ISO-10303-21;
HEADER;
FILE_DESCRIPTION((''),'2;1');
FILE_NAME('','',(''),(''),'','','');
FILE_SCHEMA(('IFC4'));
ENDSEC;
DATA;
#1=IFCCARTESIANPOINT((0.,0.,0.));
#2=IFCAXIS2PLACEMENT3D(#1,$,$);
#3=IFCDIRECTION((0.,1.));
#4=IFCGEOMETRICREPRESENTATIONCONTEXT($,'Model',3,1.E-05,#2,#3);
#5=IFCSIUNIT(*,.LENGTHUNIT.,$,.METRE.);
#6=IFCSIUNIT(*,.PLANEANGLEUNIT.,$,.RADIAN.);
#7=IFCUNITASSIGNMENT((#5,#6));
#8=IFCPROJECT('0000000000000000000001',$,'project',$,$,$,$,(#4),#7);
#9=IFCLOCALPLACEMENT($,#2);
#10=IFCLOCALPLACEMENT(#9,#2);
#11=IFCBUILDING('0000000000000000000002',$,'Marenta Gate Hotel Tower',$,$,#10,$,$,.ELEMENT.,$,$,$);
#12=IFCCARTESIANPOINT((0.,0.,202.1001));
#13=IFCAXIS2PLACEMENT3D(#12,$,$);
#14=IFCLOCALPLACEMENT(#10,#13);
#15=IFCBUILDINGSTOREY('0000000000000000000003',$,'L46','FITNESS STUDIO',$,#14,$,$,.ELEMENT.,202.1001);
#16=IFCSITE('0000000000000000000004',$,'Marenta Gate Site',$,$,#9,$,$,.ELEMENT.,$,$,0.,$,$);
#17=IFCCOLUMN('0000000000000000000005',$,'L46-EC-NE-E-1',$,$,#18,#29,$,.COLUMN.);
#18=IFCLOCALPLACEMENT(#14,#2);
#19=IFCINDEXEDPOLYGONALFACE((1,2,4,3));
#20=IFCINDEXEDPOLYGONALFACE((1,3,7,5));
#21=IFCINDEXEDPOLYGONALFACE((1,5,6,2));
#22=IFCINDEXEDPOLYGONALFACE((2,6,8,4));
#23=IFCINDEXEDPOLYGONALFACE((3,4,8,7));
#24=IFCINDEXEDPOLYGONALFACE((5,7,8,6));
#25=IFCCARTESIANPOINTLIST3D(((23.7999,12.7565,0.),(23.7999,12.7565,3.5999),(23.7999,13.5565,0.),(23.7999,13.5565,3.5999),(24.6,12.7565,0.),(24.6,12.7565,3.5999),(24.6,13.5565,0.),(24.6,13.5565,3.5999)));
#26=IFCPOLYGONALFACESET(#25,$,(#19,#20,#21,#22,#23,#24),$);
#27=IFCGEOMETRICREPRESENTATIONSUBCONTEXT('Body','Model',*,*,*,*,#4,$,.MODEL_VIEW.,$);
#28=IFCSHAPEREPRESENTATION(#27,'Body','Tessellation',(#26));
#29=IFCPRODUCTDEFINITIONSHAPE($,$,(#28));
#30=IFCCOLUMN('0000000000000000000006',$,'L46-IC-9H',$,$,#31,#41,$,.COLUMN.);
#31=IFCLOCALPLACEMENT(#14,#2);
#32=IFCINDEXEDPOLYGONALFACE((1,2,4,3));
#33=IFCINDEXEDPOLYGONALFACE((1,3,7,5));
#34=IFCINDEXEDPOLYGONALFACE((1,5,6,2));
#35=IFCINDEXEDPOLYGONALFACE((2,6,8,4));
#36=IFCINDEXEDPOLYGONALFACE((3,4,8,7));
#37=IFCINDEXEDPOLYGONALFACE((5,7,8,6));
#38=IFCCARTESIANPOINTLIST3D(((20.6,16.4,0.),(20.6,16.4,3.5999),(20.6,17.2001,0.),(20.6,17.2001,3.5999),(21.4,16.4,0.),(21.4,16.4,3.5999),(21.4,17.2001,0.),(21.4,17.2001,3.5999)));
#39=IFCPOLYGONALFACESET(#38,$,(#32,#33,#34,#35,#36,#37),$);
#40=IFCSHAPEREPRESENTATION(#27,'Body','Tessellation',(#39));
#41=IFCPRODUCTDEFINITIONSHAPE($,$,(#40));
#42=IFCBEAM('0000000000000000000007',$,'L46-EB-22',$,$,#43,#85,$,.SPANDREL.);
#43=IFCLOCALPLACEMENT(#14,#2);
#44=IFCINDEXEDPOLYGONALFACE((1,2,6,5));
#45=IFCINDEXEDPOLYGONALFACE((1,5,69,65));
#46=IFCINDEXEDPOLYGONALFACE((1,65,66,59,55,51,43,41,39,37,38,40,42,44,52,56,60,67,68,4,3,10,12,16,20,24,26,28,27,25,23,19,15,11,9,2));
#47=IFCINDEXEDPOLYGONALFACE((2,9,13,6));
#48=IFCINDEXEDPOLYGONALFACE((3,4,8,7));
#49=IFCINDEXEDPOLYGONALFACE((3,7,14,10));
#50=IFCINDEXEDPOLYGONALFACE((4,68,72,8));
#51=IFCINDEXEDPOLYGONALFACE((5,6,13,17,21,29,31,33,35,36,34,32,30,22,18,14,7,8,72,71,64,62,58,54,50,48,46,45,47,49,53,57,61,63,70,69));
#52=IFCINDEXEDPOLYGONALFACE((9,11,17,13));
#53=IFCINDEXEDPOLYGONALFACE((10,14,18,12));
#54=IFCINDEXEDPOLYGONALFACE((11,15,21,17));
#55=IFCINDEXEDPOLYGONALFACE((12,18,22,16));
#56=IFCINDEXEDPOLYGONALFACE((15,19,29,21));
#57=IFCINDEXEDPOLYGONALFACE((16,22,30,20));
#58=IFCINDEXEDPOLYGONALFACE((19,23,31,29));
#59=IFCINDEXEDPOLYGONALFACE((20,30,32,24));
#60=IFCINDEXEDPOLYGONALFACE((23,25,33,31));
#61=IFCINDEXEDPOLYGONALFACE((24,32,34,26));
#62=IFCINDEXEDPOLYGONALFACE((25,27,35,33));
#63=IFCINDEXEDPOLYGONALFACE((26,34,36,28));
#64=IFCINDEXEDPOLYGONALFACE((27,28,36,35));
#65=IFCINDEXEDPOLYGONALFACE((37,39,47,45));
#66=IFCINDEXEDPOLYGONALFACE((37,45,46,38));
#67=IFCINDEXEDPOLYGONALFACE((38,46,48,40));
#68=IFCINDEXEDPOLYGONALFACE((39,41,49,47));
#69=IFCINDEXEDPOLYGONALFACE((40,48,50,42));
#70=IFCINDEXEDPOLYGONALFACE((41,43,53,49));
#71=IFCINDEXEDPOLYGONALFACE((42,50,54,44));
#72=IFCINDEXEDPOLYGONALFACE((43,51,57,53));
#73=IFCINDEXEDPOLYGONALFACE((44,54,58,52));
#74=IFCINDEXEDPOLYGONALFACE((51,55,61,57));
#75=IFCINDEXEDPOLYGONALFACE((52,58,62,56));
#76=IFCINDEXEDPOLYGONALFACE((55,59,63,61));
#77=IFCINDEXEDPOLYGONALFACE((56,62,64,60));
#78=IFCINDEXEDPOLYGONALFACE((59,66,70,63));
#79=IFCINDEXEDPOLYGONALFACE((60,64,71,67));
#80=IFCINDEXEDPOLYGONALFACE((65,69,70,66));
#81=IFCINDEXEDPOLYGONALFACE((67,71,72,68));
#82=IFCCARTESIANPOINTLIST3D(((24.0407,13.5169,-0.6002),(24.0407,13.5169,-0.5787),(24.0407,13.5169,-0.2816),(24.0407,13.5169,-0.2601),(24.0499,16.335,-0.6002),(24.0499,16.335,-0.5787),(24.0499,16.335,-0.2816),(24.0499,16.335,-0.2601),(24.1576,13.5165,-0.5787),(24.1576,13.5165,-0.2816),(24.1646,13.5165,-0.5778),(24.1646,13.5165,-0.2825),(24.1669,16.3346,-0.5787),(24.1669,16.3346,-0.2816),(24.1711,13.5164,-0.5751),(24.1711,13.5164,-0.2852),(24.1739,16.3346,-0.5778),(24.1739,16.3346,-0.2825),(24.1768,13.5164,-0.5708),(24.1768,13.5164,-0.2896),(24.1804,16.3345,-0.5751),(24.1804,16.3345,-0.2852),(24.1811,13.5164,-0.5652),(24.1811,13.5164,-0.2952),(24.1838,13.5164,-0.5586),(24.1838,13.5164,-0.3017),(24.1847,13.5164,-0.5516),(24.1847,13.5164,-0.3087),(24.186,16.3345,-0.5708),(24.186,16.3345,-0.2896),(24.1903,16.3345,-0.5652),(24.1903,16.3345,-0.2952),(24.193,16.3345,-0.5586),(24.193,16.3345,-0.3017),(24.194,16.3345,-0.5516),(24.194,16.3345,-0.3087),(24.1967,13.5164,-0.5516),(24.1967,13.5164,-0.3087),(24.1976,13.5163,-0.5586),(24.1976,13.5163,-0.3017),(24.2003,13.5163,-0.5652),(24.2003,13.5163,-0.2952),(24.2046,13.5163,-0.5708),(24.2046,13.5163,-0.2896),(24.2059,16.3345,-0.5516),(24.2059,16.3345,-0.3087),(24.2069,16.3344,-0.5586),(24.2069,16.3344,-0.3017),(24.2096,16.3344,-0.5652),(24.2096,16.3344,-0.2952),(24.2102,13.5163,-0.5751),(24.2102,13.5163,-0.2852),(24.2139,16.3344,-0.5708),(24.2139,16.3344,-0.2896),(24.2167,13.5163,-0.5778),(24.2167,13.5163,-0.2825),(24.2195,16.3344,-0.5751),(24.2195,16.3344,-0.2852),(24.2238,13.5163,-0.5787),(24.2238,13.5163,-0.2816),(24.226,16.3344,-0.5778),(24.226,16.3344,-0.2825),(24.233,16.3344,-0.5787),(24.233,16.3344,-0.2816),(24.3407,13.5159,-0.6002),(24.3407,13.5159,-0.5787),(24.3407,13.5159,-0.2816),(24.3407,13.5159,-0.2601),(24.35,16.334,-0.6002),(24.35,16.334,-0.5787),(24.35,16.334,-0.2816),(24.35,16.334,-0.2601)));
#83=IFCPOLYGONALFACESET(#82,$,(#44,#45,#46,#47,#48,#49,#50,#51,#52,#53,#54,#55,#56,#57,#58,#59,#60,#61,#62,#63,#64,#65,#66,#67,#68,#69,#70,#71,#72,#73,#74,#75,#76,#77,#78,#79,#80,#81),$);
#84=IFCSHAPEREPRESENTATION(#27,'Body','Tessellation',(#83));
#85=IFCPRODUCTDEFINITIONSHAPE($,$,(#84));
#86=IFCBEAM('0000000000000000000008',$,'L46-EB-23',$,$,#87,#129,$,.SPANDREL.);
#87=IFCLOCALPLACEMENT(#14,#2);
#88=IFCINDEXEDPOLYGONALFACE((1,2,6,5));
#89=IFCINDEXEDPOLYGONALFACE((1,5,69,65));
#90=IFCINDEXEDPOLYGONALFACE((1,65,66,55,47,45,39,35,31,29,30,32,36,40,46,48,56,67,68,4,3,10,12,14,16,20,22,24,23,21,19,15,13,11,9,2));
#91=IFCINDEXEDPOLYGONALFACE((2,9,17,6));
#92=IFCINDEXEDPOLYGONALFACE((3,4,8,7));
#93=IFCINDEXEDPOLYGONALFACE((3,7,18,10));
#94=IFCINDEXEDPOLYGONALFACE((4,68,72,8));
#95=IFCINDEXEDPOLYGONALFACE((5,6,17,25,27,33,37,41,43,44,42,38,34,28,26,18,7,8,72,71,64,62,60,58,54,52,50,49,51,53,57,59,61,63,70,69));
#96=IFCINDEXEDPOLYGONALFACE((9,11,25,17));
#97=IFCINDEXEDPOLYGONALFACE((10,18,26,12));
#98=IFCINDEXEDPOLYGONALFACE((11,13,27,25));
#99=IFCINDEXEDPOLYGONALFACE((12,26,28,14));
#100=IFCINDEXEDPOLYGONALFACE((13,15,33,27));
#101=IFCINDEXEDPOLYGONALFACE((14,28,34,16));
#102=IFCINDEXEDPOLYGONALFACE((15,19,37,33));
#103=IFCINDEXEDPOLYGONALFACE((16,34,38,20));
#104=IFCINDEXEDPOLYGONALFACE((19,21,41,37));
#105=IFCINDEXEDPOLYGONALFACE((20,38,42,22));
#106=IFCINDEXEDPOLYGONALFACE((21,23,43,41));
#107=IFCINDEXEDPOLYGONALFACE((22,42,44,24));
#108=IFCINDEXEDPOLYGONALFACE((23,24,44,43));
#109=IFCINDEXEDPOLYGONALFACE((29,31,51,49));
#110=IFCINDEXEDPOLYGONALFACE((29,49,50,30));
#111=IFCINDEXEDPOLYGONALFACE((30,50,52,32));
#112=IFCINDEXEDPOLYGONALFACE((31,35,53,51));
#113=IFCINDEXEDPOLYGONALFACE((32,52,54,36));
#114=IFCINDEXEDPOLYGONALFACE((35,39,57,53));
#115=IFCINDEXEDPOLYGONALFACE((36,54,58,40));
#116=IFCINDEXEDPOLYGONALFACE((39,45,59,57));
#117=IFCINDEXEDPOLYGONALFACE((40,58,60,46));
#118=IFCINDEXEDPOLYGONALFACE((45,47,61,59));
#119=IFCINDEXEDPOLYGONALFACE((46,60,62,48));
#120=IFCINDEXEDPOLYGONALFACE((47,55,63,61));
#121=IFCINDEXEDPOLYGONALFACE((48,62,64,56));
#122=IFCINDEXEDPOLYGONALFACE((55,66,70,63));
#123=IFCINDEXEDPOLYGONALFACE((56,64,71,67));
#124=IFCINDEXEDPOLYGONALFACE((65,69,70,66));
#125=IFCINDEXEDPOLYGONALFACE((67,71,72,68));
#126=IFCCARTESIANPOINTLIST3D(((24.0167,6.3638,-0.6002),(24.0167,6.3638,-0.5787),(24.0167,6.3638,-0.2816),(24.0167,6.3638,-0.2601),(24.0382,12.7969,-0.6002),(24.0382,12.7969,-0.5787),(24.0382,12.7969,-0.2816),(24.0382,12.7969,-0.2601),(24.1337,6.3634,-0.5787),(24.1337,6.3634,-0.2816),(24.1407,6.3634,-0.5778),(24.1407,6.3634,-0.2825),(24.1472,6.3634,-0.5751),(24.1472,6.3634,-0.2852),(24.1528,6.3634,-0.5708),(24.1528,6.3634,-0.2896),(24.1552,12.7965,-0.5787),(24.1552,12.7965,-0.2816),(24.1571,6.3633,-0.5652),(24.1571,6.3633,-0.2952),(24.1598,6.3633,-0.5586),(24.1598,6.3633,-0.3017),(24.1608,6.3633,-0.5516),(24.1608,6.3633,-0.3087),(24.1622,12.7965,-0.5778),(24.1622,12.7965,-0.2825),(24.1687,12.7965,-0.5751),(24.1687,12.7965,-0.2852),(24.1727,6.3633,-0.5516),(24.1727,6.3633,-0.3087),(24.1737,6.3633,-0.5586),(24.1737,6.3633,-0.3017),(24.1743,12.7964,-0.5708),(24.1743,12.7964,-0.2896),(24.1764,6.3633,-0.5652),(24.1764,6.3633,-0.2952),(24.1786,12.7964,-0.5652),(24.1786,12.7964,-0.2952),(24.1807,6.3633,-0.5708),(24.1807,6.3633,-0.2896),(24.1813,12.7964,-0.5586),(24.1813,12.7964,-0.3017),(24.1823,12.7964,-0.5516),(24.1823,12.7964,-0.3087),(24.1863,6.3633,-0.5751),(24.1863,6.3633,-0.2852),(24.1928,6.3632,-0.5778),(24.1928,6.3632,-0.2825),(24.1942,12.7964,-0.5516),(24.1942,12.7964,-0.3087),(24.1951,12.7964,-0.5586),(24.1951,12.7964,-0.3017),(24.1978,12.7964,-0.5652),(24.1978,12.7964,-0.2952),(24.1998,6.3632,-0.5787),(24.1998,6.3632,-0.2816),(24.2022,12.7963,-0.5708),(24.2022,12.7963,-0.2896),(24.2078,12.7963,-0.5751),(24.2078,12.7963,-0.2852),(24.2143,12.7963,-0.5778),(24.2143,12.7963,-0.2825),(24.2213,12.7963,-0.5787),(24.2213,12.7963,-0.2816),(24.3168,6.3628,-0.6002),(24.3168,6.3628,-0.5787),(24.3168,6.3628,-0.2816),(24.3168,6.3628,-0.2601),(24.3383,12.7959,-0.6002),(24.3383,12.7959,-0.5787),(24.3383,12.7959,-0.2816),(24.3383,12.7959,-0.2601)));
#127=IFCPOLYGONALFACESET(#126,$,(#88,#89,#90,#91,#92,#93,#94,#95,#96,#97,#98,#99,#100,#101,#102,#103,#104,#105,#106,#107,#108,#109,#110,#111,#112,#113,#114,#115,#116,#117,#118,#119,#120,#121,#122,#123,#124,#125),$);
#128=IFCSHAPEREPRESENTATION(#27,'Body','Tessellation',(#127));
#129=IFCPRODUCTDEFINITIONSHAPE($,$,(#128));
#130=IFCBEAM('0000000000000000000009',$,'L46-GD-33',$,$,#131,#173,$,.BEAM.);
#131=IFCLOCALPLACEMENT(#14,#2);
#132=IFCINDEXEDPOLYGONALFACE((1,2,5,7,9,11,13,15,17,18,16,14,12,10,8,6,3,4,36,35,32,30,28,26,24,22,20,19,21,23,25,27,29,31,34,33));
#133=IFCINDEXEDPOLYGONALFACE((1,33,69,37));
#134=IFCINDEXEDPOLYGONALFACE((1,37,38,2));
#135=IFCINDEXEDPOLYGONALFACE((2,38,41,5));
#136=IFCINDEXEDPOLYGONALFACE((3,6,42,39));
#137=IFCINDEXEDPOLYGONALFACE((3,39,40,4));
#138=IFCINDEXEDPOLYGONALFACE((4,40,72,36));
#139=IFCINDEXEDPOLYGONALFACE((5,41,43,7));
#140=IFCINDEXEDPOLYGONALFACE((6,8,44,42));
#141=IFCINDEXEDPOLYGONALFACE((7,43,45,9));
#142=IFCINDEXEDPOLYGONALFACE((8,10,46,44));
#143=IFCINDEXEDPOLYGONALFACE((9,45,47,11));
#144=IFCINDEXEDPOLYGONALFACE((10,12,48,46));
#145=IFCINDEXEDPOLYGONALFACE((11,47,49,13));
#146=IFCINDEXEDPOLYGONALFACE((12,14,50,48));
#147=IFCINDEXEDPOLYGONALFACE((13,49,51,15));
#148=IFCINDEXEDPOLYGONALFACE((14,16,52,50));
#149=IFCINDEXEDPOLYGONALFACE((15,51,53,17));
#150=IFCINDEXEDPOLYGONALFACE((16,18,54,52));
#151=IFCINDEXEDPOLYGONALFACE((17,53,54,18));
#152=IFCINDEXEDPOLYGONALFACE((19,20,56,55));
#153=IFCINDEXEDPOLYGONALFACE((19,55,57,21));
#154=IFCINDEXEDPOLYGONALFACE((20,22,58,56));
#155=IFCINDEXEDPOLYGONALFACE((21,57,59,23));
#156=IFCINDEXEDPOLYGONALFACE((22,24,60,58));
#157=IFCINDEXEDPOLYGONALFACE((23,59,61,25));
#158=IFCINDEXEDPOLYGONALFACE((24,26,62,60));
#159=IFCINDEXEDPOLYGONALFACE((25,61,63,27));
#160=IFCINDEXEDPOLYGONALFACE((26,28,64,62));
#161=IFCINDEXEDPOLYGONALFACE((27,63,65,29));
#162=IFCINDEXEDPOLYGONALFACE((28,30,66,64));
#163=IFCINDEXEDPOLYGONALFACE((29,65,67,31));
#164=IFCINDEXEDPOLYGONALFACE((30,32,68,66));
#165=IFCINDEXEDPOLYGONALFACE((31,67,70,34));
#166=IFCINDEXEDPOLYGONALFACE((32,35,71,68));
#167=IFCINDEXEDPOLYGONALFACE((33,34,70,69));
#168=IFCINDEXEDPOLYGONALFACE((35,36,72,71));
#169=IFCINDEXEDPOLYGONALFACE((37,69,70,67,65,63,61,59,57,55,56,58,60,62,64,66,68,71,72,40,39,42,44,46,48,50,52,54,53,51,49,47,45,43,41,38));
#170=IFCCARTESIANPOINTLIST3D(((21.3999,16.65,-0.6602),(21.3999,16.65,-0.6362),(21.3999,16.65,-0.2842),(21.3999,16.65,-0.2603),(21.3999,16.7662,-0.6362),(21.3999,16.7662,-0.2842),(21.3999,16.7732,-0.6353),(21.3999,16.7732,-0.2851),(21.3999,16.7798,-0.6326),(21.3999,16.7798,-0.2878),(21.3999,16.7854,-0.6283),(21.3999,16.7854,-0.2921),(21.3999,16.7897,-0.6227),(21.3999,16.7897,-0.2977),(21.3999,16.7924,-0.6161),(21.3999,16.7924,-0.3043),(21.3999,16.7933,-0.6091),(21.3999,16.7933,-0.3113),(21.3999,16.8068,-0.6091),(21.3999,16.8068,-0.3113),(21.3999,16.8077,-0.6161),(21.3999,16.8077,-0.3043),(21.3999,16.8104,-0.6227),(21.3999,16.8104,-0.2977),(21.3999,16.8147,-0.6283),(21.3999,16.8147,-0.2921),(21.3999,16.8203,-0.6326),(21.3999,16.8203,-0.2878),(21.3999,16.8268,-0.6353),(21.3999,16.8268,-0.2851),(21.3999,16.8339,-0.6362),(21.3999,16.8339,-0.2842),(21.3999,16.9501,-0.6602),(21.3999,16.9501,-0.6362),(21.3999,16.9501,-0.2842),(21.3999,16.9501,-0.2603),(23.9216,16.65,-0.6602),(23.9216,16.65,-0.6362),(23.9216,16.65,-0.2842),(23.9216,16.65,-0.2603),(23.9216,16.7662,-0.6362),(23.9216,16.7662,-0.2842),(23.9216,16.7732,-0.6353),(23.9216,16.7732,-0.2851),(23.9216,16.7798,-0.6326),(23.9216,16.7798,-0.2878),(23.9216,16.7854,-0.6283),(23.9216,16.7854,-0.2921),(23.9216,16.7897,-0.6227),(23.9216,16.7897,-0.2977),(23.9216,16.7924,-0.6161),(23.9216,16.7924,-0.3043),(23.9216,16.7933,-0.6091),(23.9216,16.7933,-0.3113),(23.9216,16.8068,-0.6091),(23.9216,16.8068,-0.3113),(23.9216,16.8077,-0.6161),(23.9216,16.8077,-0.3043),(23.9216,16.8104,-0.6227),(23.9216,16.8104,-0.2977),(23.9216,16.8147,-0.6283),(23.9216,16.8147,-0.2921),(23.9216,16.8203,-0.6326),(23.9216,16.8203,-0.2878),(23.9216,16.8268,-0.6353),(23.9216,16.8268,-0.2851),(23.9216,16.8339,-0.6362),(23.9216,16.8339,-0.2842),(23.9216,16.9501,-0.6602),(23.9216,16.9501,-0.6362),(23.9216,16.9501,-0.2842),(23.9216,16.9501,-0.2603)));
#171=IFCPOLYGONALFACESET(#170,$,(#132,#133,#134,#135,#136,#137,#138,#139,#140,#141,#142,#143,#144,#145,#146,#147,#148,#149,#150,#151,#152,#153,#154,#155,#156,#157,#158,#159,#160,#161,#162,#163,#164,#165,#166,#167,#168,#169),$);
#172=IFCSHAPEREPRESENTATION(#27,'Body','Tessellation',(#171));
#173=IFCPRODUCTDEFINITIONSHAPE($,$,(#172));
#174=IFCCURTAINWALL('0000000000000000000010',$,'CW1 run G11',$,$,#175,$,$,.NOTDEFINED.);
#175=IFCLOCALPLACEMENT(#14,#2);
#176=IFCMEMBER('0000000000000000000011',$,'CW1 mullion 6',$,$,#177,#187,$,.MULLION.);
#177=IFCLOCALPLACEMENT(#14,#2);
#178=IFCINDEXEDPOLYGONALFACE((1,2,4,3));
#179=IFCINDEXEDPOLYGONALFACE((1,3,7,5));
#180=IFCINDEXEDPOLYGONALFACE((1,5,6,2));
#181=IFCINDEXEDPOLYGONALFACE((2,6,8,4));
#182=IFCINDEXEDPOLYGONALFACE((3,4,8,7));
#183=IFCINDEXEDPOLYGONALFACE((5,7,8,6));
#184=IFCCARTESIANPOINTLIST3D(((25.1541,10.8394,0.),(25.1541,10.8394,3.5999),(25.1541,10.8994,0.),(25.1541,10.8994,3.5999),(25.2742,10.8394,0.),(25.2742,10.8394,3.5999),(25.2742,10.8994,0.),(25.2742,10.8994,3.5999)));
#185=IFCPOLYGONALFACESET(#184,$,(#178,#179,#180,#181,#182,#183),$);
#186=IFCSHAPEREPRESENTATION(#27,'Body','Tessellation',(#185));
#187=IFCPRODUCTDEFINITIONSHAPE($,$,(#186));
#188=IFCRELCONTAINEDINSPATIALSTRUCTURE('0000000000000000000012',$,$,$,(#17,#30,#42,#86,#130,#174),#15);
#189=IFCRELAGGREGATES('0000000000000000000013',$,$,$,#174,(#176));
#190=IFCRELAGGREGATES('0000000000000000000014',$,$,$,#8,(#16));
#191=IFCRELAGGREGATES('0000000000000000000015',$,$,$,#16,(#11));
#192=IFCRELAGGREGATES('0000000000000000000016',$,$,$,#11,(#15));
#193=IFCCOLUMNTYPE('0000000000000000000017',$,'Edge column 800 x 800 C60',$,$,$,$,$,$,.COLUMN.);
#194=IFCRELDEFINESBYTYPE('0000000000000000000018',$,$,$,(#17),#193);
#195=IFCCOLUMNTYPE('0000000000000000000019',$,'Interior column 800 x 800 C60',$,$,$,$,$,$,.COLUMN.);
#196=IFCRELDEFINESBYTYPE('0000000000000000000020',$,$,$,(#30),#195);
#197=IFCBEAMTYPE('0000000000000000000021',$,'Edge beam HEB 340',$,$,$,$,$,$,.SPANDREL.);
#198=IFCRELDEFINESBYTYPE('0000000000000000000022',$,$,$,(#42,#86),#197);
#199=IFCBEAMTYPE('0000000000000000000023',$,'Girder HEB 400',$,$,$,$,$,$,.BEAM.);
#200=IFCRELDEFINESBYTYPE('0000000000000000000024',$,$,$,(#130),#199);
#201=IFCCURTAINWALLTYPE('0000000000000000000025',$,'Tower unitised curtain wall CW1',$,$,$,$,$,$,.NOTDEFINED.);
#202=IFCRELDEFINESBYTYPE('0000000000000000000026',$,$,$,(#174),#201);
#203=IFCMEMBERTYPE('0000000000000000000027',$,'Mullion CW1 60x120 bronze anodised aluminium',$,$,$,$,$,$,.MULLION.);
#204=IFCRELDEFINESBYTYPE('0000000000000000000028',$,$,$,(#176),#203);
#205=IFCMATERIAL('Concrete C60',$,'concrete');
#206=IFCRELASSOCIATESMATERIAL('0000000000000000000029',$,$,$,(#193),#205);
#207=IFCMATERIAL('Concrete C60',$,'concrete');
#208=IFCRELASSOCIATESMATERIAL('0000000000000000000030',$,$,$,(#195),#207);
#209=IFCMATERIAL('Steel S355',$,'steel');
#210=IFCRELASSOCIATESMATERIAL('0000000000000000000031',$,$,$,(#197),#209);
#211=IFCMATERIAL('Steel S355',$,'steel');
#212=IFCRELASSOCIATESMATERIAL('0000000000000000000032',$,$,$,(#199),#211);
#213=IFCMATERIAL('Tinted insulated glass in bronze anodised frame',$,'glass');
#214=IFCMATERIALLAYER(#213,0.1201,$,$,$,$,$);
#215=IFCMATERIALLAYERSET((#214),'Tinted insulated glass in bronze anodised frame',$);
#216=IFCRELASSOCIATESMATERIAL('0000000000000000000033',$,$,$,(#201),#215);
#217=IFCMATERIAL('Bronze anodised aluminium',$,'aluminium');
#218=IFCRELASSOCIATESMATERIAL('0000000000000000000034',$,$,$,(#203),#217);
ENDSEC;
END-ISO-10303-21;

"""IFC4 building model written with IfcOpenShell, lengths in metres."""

from ifc_helpers import new_model, si_unit, direction, frame, origin, origin_2d, place, context, subcontext, project, spatial, rectangle, i_section, extrude, material, layer, layer_set, material_profile, profile_set, type_object, element, aggregate, save


model = new_model("IFC4")

# Units and contexts
model_context = context("Model", 3, precision=1e-05, world=origin(), true_north=direction((0.0, 1.0)))
body_context = subcontext(model_context, "Body", "Model", "MODEL_VIEW")
ifc_project = project(units=[si_unit("LENGTHUNIT", "METRE"), si_unit("PLANEANGLEUNIT", "RADIAN")], contexts=[model_context])

# Site, building, storey
site_placement = place(None, origin())
site = spatial("IfcSite", under=ifc_project, at=site_placement, Name="Marenta Gate Site", CompositionType="ELEMENT", RefElevation=0.0)
building_placement = place(site_placement, origin())
building = spatial("IfcBuilding", under=site, at=building_placement, Name="Marenta Gate Hotel Tower", CompositionType="ELEMENT")
storey_placement = place(building_placement, frame((0.0, 0.0, 202.1001)))
storey = spatial("IfcBuildingStorey", under=building, at=storey_placement, Name="L46", Description="FITNESS STUDIO", CompositionType="ELEMENT", Elevation=202.1001)

# Columns
ifc_material_1 = material(Name="Concrete C60", Category="concrete")
ifc_material_profile_1 = material_profile(ifc_material_1, rectangle(XDim=0.8, YDim=0.8, at=origin_2d()), Name="800 x 800")
ifc_profile_set_1 = profile_set([ifc_material_profile_1], Name="Concrete C60")
column_type_1 = type_object("IfcColumnType", Name="Edge column 800 x 800 C60", PredefinedType="COLUMN", material=ifc_profile_set_1)
column_1_placement = place(storey_placement, frame((24.2, 13.1565, 0.0), z_axis=(0.0, 0.0, 1.0), x_axis=(1.0, 0.0, 0.0)))
element("IfcColumn", 1, at=column_1_placement, inside=storey, type_object=column_type_1, Name="L46-EC-NE-E-1", PredefinedType="COLUMN", context=body_context, shape_type="SweptSolid", body=[
    extrude(rectangle(XDim=0.8, YDim=0.8, at=origin_2d()), origin(), (0.0, 0.0, 1.0), 3.5999),
])
ifc_material_2 = material(Name="Concrete C60", Category="concrete")
ifc_material_profile_2 = material_profile(ifc_material_2, rectangle(XDim=0.8, YDim=0.8, at=origin_2d()), Name="800 x 800")
ifc_profile_set_2 = profile_set([ifc_material_profile_2], Name="Concrete C60")
column_type_2 = type_object("IfcColumnType", Name="Interior column 800 x 800 C60", PredefinedType="COLUMN", material=ifc_profile_set_2)
column_2_placement = place(storey_placement, frame((21.0, 16.8, 0.0), z_axis=(0.0, 0.0, 1.0), x_axis=(1.0, 0.0, 0.0)))
element("IfcColumn", 2, at=column_2_placement, inside=storey, type_object=column_type_2, Name="L46-IC-9H", PredefinedType="COLUMN", context=body_context, shape_type="SweptSolid", body=[
    extrude(rectangle(XDim=0.8, YDim=0.8, at=origin_2d()), origin(), (0.0, 0.0, 1.0), 3.5999),
])

# Beams
ifc_material_3 = material(Name="Steel S355", Category="steel")
ifc_material_profile_3 = material_profile(ifc_material_3, i_section(OverallWidth=0.3, OverallDepth=0.3401, WebThickness=0.012, FlangeThickness=0.0215, FilletRadius=0.0271, at=origin_2d()), Name="HEB 340")
ifc_profile_set_3 = profile_set([ifc_material_profile_3], Name="Steel S355")
beam_type_1 = type_object("IfcBeamType", Name="Edge beam HEB 340", PredefinedType="SPANDREL", material=ifc_profile_set_3)
beam_1_placement = place(storey_placement, frame((24.2, 16.3345, -0.4302), z_axis=(-0.003292, -0.999995, 0.0), x_axis=(0.999995, -0.003292, 0.0)))
element("IfcBeam", 3, at=beam_1_placement, inside=storey, type_object=beam_type_1, Name="L46-EB-22", PredefinedType="SPANDREL", context=body_context, shape_type="SweptSolid", body=[
    extrude(i_section(OverallWidth=0.3, OverallDepth=0.3401, WebThickness=0.012, FlangeThickness=0.0215, FilletRadius=0.0271, at=origin_2d()), origin(), (0.0, 0.0, 1.0), 2.8181),
])
beam_2_placement = place(storey_placement, frame((24.1882, 12.7964, -0.4302), z_axis=(-0.00334, -0.999994, 0.0), x_axis=(0.999994, -0.00334, 0.0)))
element("IfcBeam", 4, at=beam_2_placement, inside=storey, type_object=beam_type_1, Name="L46-EB-23", PredefinedType="SPANDREL", context=body_context, shape_type="SweptSolid", body=[
    extrude(i_section(OverallWidth=0.3, OverallDepth=0.3401, WebThickness=0.012, FlangeThickness=0.0215, FilletRadius=0.0271, at=origin_2d()), origin(), (0.0, 0.0, 1.0), 6.4331),
])
ifc_material_4 = material(Name="Steel S355", Category="steel")
ifc_material_profile_4 = material_profile(ifc_material_4, i_section(OverallWidth=0.3, OverallDepth=0.3999, WebThickness=0.0134, FlangeThickness=0.0239, FilletRadius=0.0271, at=origin_2d()), Name="HEB 400")
ifc_profile_set_4 = profile_set([ifc_material_profile_4], Name="Steel S355")
beam_type_2 = type_object("IfcBeamType", Name="Girder HEB 400", PredefinedType="BEAM", material=ifc_profile_set_4)
beam_3_placement = place(storey_placement, frame((21.3999, 16.8, -0.4602), z_axis=(1.0, 0.0, 0.0), x_axis=(0.0, 1.0, 0.0)))
element("IfcBeam", 5, at=beam_3_placement, inside=storey, type_object=beam_type_2, Name="L46-GD-33", PredefinedType="BEAM", context=body_context, shape_type="SweptSolid", body=[
    extrude(i_section(OverallWidth=0.3, OverallDepth=0.3999, WebThickness=0.0134, FlangeThickness=0.0239, FilletRadius=0.0271, at=origin_2d()), origin(), (0.0, 0.0, 1.0), 2.5217),
])

# Curtain wall, member
ifc_material_5 = material(Name="Tinted insulated glass in bronze anodised frame", Category="glass")
ifc_layer_1 = layer(ifc_material_5, 0.1201)
ifc_layer_set_1 = layer_set([ifc_layer_1], Name="Tinted insulated glass in bronze anodised frame")
curtain_wall_type = type_object("IfcCurtainWallType", Name="Tower unitised curtain wall CW1", PredefinedType="NOTDEFINED", material=ifc_layer_set_1)
curtain_wall_1_placement = place(storey_placement, origin())
curtain_wall_1 = element("IfcCurtainWall", 6, at=curtain_wall_1_placement, inside=storey, type_object=curtain_wall_type, Name="CW1 run G11", PredefinedType="NOTDEFINED")
ifc_material_6 = material(Name="Bronze anodised aluminium", Category="aluminium")
ifc_material_profile_5 = material_profile(ifc_material_6, rectangle(XDim=0.1201, YDim=0.0601, at=origin_2d()), Name="Mullion CW1 60x120 bronze anodised aluminium")
ifc_profile_set_5 = profile_set([ifc_material_profile_5], Name="Bronze anodised aluminium")
member_type_1 = type_object("IfcMemberType", Name="Mullion CW1 60x120 bronze anodised aluminium", PredefinedType="MULLION", material=ifc_profile_set_5)
member_1_placement = place(storey_placement, frame((25.2141, 10.8694, 0.0), z_axis=(0.0, 0.0, 1.0), x_axis=(-1.0, 0.0, 0.0)))
member_1 = element("IfcMember", 7, at=member_1_placement, type_object=member_type_1, Name="CW1 mullion 6", PredefinedType="MULLION", context=body_context, shape_type="SweptSolid", body=[
    extrude(rectangle(XDim=0.1201, YDim=0.0601, at=origin_2d()), origin(), (0.0, 0.0, 1.0), 3.5999),
])

aggregate(curtain_wall_1, [member_1])

save(model, "model.ifc")
